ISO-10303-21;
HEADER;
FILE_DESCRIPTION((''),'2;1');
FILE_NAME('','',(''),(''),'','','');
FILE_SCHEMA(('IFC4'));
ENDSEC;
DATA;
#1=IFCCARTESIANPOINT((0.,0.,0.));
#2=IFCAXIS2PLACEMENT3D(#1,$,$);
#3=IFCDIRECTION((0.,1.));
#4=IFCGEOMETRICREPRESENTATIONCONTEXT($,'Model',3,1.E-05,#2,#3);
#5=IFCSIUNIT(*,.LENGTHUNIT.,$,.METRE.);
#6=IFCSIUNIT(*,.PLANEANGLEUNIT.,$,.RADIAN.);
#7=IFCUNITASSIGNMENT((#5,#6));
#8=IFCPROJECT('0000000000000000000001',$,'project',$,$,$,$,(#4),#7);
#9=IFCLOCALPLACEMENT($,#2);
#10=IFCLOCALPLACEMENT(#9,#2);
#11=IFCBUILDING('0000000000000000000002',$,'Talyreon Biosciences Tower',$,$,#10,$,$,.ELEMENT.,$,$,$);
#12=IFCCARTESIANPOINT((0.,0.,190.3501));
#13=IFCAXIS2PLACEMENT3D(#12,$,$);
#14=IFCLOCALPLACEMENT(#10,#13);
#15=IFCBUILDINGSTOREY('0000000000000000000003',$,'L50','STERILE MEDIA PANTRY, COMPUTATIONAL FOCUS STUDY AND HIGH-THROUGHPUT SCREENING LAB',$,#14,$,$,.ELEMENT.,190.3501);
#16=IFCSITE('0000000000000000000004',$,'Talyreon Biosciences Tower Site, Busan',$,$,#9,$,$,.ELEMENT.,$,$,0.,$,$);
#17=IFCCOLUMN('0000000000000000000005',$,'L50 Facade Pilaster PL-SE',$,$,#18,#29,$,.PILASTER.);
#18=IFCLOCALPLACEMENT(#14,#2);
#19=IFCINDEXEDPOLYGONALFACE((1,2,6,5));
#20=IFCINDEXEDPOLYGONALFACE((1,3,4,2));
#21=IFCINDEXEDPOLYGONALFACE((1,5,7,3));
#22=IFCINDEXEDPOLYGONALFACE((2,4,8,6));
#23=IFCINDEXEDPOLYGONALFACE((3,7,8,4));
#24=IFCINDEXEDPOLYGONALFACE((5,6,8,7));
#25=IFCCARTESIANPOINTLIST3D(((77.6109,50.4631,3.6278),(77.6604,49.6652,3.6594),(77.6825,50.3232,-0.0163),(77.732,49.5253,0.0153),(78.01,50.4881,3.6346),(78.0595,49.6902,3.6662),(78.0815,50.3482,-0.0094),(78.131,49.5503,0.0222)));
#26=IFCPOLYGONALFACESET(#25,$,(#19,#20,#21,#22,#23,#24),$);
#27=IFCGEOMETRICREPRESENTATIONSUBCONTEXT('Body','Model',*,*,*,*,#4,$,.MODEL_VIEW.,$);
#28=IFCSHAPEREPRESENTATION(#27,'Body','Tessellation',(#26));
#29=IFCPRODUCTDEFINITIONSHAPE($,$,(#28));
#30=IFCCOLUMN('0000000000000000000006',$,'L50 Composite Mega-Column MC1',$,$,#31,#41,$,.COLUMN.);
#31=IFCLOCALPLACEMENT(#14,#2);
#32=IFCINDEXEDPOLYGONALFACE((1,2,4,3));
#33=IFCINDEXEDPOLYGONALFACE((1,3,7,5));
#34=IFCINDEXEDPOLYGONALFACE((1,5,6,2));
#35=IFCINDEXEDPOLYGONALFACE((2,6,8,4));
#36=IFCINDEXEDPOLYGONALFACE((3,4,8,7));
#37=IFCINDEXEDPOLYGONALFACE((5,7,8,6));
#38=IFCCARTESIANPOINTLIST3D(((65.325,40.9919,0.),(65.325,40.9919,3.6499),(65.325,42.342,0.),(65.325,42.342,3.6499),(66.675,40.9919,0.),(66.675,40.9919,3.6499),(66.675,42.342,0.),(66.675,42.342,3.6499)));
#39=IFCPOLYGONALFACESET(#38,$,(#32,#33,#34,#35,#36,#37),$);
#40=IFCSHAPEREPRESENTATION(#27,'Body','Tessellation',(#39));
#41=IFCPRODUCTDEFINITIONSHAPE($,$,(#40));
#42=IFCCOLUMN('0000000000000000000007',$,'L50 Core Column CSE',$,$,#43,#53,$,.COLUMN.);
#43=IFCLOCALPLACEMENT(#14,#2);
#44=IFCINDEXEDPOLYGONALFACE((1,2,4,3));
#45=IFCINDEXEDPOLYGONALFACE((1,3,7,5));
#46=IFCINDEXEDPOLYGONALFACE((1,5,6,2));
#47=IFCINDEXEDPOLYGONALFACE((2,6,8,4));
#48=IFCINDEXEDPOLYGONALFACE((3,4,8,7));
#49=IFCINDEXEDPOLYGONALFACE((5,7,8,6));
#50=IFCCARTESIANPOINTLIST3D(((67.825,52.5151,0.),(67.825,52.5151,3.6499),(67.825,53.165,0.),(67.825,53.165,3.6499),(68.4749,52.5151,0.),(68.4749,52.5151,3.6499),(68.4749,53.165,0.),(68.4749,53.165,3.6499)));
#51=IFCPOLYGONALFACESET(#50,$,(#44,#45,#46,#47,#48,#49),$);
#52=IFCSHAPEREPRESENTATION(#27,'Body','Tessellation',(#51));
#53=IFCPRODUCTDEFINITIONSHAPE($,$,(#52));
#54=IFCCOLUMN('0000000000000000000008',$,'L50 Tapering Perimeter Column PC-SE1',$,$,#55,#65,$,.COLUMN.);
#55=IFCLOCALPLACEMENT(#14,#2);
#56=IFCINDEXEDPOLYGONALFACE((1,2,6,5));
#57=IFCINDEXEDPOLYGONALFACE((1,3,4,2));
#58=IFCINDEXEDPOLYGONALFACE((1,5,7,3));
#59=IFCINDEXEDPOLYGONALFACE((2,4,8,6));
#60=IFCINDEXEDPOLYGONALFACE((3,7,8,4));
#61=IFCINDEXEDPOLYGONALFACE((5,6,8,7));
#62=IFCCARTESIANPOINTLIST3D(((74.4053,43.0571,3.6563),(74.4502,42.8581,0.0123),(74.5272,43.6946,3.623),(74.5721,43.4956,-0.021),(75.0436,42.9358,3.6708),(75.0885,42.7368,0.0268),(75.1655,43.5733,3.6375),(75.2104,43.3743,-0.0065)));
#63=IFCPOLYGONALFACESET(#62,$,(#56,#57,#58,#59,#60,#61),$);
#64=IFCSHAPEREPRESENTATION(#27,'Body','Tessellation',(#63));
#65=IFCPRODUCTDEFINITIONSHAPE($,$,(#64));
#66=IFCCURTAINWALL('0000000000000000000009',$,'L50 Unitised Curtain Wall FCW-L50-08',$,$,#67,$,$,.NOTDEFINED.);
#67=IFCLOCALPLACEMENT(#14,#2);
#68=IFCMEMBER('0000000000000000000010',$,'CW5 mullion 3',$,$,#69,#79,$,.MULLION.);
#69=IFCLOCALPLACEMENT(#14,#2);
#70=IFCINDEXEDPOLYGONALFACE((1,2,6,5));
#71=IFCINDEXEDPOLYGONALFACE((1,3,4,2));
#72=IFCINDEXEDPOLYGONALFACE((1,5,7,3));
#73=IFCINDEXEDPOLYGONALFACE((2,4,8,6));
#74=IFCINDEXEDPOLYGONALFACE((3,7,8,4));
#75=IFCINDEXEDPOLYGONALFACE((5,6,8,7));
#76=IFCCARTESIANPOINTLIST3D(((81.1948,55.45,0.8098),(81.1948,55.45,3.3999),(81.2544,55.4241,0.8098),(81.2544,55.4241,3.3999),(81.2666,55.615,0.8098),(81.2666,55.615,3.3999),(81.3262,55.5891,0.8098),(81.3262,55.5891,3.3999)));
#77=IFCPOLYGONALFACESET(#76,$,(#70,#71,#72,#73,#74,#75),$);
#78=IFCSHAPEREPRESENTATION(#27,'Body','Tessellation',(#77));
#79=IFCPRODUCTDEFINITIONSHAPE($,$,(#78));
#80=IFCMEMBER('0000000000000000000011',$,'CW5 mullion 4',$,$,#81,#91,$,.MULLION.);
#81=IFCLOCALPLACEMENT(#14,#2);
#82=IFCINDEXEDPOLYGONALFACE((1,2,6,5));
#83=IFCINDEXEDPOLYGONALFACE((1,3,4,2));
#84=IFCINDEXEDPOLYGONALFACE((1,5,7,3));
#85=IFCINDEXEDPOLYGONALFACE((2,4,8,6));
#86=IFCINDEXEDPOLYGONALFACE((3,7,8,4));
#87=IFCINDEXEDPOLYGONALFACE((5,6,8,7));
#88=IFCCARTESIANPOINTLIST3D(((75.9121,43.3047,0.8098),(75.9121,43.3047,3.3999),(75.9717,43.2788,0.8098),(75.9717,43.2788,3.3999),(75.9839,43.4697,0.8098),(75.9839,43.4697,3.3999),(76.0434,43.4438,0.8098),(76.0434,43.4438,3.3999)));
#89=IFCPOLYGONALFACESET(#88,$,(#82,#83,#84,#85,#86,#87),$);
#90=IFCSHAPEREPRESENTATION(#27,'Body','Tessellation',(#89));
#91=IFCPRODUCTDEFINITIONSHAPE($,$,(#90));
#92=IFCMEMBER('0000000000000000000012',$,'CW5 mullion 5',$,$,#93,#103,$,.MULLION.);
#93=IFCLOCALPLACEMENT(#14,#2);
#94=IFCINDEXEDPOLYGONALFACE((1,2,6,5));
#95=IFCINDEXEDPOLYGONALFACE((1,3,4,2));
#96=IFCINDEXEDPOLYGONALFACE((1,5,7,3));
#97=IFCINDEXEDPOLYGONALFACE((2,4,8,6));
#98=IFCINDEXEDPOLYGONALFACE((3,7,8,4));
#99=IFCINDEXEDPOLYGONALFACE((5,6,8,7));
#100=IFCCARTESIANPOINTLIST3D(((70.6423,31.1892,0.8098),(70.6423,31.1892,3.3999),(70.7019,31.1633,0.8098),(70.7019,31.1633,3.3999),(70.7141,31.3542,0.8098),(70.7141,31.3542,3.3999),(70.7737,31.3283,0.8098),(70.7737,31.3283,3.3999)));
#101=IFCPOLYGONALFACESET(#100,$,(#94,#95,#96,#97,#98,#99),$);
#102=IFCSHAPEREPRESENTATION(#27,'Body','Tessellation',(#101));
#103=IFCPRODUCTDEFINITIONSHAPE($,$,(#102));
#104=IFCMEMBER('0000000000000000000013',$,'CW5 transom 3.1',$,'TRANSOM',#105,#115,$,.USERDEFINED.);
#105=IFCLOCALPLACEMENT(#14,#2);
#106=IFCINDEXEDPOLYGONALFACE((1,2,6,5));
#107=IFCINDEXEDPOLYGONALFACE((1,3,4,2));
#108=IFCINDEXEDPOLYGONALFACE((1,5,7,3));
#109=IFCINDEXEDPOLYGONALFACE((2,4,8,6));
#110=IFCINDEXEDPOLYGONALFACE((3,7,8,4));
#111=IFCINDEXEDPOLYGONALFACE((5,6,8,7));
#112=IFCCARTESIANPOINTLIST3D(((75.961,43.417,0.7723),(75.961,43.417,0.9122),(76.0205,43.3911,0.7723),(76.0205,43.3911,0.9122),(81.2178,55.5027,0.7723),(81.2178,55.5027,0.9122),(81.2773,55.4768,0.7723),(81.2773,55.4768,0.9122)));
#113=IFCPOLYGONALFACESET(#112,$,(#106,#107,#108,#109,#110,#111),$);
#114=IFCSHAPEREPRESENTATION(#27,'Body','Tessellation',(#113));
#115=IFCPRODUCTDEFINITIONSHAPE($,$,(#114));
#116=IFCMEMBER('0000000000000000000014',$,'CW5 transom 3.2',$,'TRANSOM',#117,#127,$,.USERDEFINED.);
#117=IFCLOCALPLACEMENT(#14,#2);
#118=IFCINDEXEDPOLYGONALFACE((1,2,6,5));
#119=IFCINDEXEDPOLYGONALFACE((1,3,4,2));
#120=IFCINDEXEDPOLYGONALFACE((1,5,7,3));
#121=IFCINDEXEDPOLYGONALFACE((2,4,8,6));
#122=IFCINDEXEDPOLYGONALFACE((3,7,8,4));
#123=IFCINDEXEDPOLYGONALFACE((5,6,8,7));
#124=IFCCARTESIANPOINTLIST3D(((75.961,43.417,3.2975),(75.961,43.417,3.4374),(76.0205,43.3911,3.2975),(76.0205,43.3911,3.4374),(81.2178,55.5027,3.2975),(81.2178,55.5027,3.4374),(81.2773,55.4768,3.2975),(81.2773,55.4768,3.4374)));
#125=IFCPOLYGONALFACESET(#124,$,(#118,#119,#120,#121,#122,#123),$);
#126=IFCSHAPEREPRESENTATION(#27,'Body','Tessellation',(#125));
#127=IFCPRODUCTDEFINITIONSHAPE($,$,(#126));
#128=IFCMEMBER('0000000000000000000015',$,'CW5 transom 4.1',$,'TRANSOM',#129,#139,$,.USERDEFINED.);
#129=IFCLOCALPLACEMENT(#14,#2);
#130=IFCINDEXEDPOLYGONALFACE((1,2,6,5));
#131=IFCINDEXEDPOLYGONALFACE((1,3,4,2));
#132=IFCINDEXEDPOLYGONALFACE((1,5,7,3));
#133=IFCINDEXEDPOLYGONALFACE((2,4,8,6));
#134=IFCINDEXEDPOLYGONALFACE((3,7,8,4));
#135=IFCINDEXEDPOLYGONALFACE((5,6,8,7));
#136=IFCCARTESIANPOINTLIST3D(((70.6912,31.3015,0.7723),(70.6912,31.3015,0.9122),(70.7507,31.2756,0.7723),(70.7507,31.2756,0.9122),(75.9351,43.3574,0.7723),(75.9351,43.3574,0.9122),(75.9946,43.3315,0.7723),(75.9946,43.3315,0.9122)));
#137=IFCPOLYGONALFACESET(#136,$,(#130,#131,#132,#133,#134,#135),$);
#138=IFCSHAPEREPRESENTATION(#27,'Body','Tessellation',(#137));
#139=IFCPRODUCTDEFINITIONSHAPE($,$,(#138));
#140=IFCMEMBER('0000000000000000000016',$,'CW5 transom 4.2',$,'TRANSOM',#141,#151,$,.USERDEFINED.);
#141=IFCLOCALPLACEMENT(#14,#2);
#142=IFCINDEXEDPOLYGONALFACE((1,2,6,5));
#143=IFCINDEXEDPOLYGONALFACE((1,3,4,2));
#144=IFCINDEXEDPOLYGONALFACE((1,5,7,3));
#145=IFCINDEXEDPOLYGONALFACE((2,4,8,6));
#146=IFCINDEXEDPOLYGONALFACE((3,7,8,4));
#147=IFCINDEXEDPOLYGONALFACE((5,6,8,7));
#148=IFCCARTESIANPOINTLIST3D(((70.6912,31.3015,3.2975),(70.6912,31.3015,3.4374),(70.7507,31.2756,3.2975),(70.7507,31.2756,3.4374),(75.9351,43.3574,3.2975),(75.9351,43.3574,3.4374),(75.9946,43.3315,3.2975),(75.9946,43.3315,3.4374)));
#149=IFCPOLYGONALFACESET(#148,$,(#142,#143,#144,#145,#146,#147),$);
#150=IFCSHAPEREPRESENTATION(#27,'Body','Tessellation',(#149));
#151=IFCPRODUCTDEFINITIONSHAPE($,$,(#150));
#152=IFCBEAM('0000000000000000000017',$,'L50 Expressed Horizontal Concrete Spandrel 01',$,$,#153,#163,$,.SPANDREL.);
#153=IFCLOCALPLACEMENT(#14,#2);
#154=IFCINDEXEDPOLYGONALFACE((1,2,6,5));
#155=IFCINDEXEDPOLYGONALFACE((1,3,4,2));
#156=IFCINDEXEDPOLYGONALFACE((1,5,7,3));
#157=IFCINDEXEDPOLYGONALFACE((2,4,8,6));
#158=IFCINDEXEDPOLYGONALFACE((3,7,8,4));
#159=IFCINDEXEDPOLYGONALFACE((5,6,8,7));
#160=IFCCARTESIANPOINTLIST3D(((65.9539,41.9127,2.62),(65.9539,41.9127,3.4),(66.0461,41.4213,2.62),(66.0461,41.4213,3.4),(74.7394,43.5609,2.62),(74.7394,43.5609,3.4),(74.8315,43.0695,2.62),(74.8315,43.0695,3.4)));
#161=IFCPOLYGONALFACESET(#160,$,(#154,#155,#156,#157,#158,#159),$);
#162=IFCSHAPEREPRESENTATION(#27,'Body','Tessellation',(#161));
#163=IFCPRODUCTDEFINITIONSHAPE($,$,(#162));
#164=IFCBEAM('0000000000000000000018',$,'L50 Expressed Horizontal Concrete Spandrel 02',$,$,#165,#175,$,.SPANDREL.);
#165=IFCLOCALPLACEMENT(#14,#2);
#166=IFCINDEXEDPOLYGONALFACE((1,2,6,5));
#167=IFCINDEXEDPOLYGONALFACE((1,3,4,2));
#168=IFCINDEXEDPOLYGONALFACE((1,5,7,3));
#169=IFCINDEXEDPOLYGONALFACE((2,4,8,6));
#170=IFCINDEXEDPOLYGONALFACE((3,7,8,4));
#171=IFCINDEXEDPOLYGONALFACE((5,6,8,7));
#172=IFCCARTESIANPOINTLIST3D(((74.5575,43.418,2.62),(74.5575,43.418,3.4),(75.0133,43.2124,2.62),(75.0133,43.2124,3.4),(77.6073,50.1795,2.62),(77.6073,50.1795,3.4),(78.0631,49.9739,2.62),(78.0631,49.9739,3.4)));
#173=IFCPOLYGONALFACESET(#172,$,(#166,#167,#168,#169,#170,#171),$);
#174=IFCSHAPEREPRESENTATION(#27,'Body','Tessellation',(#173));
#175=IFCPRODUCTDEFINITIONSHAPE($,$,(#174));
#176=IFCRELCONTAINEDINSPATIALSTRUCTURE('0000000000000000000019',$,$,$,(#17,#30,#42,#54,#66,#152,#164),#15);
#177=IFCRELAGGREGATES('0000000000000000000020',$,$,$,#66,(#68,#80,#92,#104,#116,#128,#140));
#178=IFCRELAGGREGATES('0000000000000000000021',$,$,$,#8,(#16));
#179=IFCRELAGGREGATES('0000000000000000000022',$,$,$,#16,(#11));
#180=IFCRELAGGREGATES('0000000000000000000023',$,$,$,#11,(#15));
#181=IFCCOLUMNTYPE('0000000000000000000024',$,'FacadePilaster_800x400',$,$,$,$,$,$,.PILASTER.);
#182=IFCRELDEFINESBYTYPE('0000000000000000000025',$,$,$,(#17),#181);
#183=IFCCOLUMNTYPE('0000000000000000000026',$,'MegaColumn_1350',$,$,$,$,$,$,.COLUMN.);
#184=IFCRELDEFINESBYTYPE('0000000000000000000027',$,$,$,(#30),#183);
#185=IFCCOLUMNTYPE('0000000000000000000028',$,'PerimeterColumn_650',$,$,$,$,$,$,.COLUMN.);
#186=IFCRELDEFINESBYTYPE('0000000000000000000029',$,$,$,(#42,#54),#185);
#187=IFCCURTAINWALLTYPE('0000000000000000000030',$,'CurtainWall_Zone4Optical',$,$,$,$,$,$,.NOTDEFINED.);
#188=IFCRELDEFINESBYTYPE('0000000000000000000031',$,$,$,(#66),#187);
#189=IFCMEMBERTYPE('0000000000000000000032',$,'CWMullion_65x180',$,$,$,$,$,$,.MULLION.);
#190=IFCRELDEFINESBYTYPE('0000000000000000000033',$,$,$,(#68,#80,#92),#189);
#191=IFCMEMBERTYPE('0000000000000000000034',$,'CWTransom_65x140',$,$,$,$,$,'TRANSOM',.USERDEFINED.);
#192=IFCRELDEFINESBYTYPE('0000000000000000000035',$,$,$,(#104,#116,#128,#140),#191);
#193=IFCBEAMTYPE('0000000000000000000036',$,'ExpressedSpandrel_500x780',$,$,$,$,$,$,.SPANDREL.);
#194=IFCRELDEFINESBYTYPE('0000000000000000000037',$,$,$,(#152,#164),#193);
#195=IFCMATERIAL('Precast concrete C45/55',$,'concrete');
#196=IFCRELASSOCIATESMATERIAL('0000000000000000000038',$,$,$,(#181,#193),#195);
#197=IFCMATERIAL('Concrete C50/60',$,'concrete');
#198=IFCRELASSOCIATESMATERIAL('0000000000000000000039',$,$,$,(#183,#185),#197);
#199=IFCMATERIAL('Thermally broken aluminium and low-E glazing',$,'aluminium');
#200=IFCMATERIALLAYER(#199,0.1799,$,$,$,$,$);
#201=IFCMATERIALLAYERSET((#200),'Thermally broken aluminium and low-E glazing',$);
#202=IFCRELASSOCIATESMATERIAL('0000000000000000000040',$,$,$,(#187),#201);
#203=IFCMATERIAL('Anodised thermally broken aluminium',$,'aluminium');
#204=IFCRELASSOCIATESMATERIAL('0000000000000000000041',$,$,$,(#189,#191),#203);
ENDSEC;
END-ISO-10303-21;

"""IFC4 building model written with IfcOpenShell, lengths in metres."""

from ifc_helpers import new_model, si_unit, direction, frame, origin, origin_2d, place, context, subcontext, project, spatial, rectangle, extrude, material, layer, layer_set, material_profile, profile_set, type_object, element, aggregate, save


model = new_model("IFC4")

# Units and contexts
model_context = context("Model", 3, precision=1e-05, world=origin(), true_north=direction((0.0, 1.0)))
body_context = subcontext(model_context, "Body", "Model", "MODEL_VIEW")
ifc_project = project(units=[si_unit("LENGTHUNIT", "METRE"), si_unit("PLANEANGLEUNIT", "RADIAN")], contexts=[model_context])

# Site, building, storey
site_placement = place(None, origin())
site = spatial("IfcSite", under=ifc_project, at=site_placement, Name="Talyreon Biosciences Tower Site, Busan", CompositionType="ELEMENT", RefElevation=0.0)
building_placement = place(site_placement, origin())
building = spatial("IfcBuilding", under=site, at=building_placement, Name="Talyreon Biosciences Tower", CompositionType="ELEMENT")
storey_placement = place(building_placement, frame((0.0, 0.0, 190.3501)))
storey = spatial("IfcBuildingStorey", under=building, at=storey_placement, Name="L50", Description="STERILE MEDIA PANTRY, COMPUTATIONAL FOCUS STUDY AND HIGH-THROUGHPUT SCREENING LAB", CompositionType="ELEMENT", Elevation=190.3501)

# Columns
ifc_material_1 = material(Name="Precast concrete C45/55", Category="concrete")
ifc_material_profile_1 = material_profile(ifc_material_1, rectangle(XDim=0.8, YDim=0.3999, at=origin_2d()), Name="RC 800x400")
ifc_profile_set_1 = profile_set([ifc_material_profile_1], Name="Precast concrete C45/55")
column_type_1 = type_object("IfcColumnType", Name="FacadePilaster_800x400", PredefinedType="PILASTER", material=ifc_profile_set_1)
column_1_placement = place(storey_placement, frame((77.9067, 49.9368, 0.0029), z_axis=(-0.019612, 0.038354, 0.999072), x_axis=(0.061892, -0.997301, 0.039501)))
element("IfcColumn", 1, at=column_1_placement, inside=storey, type_object=column_type_1, Name="L50 Facade Pilaster PL-SE", PredefinedType="PILASTER", context=body_context, shape_type="SweptSolid", body=[
    extrude(rectangle(XDim=0.8, YDim=0.3999, at=origin_2d()), origin(), (0.0, 0.0, 1.0), 3.6475),
])
ifc_material_2 = material(Name="Concrete C50/60", Category="concrete")
ifc_material_profile_2 = material_profile(ifc_material_2, rectangle(XDim=1.3501, YDim=1.3501, at=origin_2d()), Name="RC 1350x1350")
ifc_profile_set_2 = profile_set([ifc_material_profile_2], Name="Concrete C50/60")
column_type_2 = type_object("IfcColumnType", Name="MegaColumn_1350", PredefinedType="COLUMN", material=ifc_profile_set_2)
column_2_placement = place(storey_placement, frame((66.0, 41.667, 0.0), z_axis=(0.0, 0.0, 1.0), x_axis=(1.0, 0.0, 0.0)))
element("IfcColumn", 2, at=column_2_placement, inside=storey, type_object=column_type_2, Name="L50 Composite Mega-Column MC1", PredefinedType="COLUMN", context=body_context, shape_type="SweptSolid", body=[
    extrude(rectangle(XDim=1.3501, YDim=1.3501, at=origin_2d()), origin(), (0.0, 0.0, 1.0), 3.6499),
])
ifc_material_profile_3 = material_profile(ifc_material_2, rectangle(XDim=0.6499, YDim=0.6499, at=origin_2d()), Name="RC 650x650")
ifc_profile_set_3 = profile_set([ifc_material_profile_3], Name="Concrete C50/60")
column_type_3 = type_object("IfcColumnType", Name="PerimeterColumn_650", PredefinedType="COLUMN", material=ifc_profile_set_3)
column_3_placement = place(storey_placement, frame((68.1499, 52.8401, 0.0), z_axis=(0.0, 0.0, 1.0), x_axis=(1.0, 0.0, 0.0)))
element("IfcColumn", 3, at=column_3_placement, inside=storey, type_object=column_type_3, Name="L50 Core Column CSE", PredefinedType="COLUMN", context=body_context, shape_type="SweptSolid", body=[
    extrude(rectangle(XDim=0.6499, YDim=0.6499, at=origin_2d()), origin(), (0.0, 0.0, 1.0), 3.6499),
])
column_4_placement = place(storey_placement, frame((74.8303, 43.1162, 0.0029), z_axis=(-0.012308, 0.054517, 0.998437), x_axis=(-0.187522, -0.980923, 0.051249)))
element("IfcColumn", 4, at=column_4_placement, inside=storey, type_object=column_type_3, Name="L50 Tapering Perimeter Column PC-SE1", PredefinedType="COLUMN", context=body_context, shape_type="SweptSolid", body=[
    extrude(rectangle(XDim=0.6499, YDim=0.6499, at=origin_2d()), origin(), (0.0, 0.0, 1.0), 3.6497),
])

# Curtain wall, members
ifc_material_3 = material(Name="Thermally broken aluminium and low-E glazing", Category="aluminium")
ifc_layer_1 = layer(ifc_material_3, 0.1799)
ifc_layer_set_1 = layer_set([ifc_layer_1], Name="Thermally broken aluminium and low-E glazing")
curtain_wall_type = type_object("IfcCurtainWallType", Name="CurtainWall_Zone4Optical", PredefinedType="NOTDEFINED", material=ifc_layer_set_1)
curtain_wall_placement = place(storey_placement, origin())
curtain_wall = element("IfcCurtainWall", 5, at=curtain_wall_placement, inside=storey, type_object=curtain_wall_type, Name="L50 Unitised Curtain Wall FCW-L50-08", PredefinedType="NOTDEFINED")
ifc_material_4 = material(Name="Anodised thermally broken aluminium", Category="aluminium")
ifc_material_profile_4 = material_profile(ifc_material_4, rectangle(XDim=0.0649, YDim=0.1799, at=origin_2d()), Name="ALUM MULLION 65x180")
ifc_profile_set_4 = profile_set([ifc_material_profile_4], Name="Anodised thermally broken aluminium")
member_type_1 = type_object("IfcMemberType", Name="CWMullion_65x180", PredefinedType="MULLION", material=ifc_profile_set_4)
member_1_placement = place(storey_placement, frame((81.2605, 55.5195, 0.8098), z_axis=(0.0, 0.0, 1.0), x_axis=(0.917011, -0.398862, 0.0)))
member_1 = element("IfcMember", 6, at=member_1_placement, type_object=member_type_1, Name="CW5 mullion 3", PredefinedType="MULLION", context=body_context, shape_type="SweptSolid", body=[
    extrude(rectangle(XDim=0.0649, YDim=0.1799, at=origin_2d()), origin(), (0.0, 0.0, 1.0), 2.5901),
])
member_2_placement = place(storey_placement, frame((75.9778, 43.3743, 0.8098), z_axis=(0.0, 0.0, 1.0), x_axis=(0.917011, -0.398862, 0.0)))
member_2 = element("IfcMember", 7, at=member_2_placement, type_object=member_type_1, Name="CW5 mullion 4", PredefinedType="MULLION", context=body_context, shape_type="SweptSolid", body=[
    extrude(rectangle(XDim=0.0649, YDim=0.1799, at=origin_2d()), origin(), (0.0, 0.0, 1.0), 2.5901),
])
member_3_placement = place(storey_placement, frame((70.708, 31.2588, 0.8098), z_axis=(0.0, 0.0, 1.0), x_axis=(0.917011, -0.398862, 0.0)))
member_3 = element("IfcMember", 8, at=member_3_placement, type_object=member_type_1, Name="CW5 mullion 5", PredefinedType="MULLION", context=body_context, shape_type="SweptSolid", body=[
    extrude(rectangle(XDim=0.0649, YDim=0.1799, at=origin_2d()), origin(), (0.0, 0.0, 1.0), 2.5901),
])
ifc_material_profile_5 = material_profile(ifc_material_4, rectangle(XDim=0.0649, YDim=0.1399, at=origin_2d()), Name="ALUM TRANSOM 65x140")
ifc_profile_set_5 = profile_set([ifc_material_profile_5], Name="Anodised thermally broken aluminium")
member_type_2 = type_object("IfcMemberType", Name="CWTransom_65x140", ElementType="TRANSOM", PredefinedType="USERDEFINED", material=ifc_profile_set_5)
member_4_placement = place(storey_placement, frame((81.2476, 55.4897, 0.8423), z_axis=(-0.398866, -0.917009, 0.0), x_axis=(0.917009, -0.398866, 0.0)))
member_4 = element("IfcMember", 9, at=member_4_placement, type_object=member_type_2, Name="CW5 transom 3.1", ObjectType="TRANSOM", PredefinedType="USERDEFINED", context=body_context, shape_type="SweptSolid", body=[
    extrude(rectangle(XDim=0.0649, YDim=0.1399, at=origin_2d()), origin(), (0.0, 0.0, 1.0), 13.1794),
])
member_5_placement = place(storey_placement, frame((81.2476, 55.4897, 3.3674), z_axis=(-0.398866, -0.917009, 0.0), x_axis=(0.917009, -0.398866, 0.0)))
member_5 = element("IfcMember", 10, at=member_5_placement, type_object=member_type_2, Name="CW5 transom 3.2", ObjectType="TRANSOM", PredefinedType="USERDEFINED", context=body_context, shape_type="SweptSolid", body=[
    extrude(rectangle(XDim=0.0649, YDim=0.1399, at=origin_2d()), origin(), (0.0, 0.0, 1.0), 13.1794),
])
member_6_placement = place(storey_placement, frame((75.9648, 43.3445, 0.8423), z_axis=(-0.398867, -0.917009, 0.0), x_axis=(0.917009, -0.398867, 0.0)))
member_6 = element("IfcMember", 11, at=member_6_placement, type_object=member_type_2, Name="CW5 transom 4.1", ObjectType="TRANSOM", PredefinedType="USERDEFINED", context=body_context, shape_type="SweptSolid", body=[
    extrude(rectangle(XDim=0.0649, YDim=0.1399, at=origin_2d()), origin(), (0.0, 0.0, 1.0), 13.147),
])
member_7_placement = place(storey_placement, frame((75.9648, 43.3445, 3.3674), z_axis=(-0.398867, -0.917009, 0.0), x_axis=(0.917009, -0.398867, 0.0)))
member_7 = element("IfcMember", 12, at=member_7_placement, type_object=member_type_2, Name="CW5 transom 4.2", ObjectType="TRANSOM", PredefinedType="USERDEFINED", context=body_context, shape_type="SweptSolid", body=[
    extrude(rectangle(XDim=0.0649, YDim=0.1399, at=origin_2d()), origin(), (0.0, 0.0, 1.0), 13.147),
])

# Beams
ifc_material_profile_6 = material_profile(ifc_material_1, rectangle(XDim=0.5, YDim=0.78, at=origin_2d()), Name="RCB 500x780")
ifc_profile_set_6 = profile_set([ifc_material_profile_6], Name="Precast concrete C45/55")
beam_type_1 = type_object("IfcBeamType", Name="ExpressedSpandrel_500x780", PredefinedType="SPANDREL", material=ifc_profile_set_6)
beam_1_placement = place(storey_placement, frame((66.0, 41.667, 3.01), z_axis=(0.982853, 0.184389, 0.0), x_axis=(-0.184389, 0.982853, 0.0)))
element("IfcBeam", 13, at=beam_1_placement, inside=storey, type_object=beam_type_1, Name="L50 Expressed Horizontal Concrete Spandrel 01", PredefinedType="SPANDREL", context=body_context, shape_type="SweptSolid", body=[
    extrude(rectangle(XDim=0.5, YDim=0.78, at=origin_2d()), origin(), (0.0, 0.0, 1.0), 8.9387),
])
beam_2_placement = place(storey_placement, frame((74.7854, 43.3152, 3.01), z_axis=(0.411165, 0.911561, 0.0), x_axis=(-0.911561, 0.411165, 0.0)))
element("IfcBeam", 14, at=beam_2_placement, inside=storey, type_object=beam_type_1, Name="L50 Expressed Horizontal Concrete Spandrel 02", PredefinedType="SPANDREL", context=body_context, shape_type="SweptSolid", body=[
    extrude(rectangle(XDim=0.5, YDim=0.78, at=origin_2d()), origin(), (0.0, 0.0, 1.0), 7.4175),
])

aggregate(curtain_wall, [member_1, member_2, member_3, member_4, member_5, member_6, member_7])

save(model, "model.ifc")
